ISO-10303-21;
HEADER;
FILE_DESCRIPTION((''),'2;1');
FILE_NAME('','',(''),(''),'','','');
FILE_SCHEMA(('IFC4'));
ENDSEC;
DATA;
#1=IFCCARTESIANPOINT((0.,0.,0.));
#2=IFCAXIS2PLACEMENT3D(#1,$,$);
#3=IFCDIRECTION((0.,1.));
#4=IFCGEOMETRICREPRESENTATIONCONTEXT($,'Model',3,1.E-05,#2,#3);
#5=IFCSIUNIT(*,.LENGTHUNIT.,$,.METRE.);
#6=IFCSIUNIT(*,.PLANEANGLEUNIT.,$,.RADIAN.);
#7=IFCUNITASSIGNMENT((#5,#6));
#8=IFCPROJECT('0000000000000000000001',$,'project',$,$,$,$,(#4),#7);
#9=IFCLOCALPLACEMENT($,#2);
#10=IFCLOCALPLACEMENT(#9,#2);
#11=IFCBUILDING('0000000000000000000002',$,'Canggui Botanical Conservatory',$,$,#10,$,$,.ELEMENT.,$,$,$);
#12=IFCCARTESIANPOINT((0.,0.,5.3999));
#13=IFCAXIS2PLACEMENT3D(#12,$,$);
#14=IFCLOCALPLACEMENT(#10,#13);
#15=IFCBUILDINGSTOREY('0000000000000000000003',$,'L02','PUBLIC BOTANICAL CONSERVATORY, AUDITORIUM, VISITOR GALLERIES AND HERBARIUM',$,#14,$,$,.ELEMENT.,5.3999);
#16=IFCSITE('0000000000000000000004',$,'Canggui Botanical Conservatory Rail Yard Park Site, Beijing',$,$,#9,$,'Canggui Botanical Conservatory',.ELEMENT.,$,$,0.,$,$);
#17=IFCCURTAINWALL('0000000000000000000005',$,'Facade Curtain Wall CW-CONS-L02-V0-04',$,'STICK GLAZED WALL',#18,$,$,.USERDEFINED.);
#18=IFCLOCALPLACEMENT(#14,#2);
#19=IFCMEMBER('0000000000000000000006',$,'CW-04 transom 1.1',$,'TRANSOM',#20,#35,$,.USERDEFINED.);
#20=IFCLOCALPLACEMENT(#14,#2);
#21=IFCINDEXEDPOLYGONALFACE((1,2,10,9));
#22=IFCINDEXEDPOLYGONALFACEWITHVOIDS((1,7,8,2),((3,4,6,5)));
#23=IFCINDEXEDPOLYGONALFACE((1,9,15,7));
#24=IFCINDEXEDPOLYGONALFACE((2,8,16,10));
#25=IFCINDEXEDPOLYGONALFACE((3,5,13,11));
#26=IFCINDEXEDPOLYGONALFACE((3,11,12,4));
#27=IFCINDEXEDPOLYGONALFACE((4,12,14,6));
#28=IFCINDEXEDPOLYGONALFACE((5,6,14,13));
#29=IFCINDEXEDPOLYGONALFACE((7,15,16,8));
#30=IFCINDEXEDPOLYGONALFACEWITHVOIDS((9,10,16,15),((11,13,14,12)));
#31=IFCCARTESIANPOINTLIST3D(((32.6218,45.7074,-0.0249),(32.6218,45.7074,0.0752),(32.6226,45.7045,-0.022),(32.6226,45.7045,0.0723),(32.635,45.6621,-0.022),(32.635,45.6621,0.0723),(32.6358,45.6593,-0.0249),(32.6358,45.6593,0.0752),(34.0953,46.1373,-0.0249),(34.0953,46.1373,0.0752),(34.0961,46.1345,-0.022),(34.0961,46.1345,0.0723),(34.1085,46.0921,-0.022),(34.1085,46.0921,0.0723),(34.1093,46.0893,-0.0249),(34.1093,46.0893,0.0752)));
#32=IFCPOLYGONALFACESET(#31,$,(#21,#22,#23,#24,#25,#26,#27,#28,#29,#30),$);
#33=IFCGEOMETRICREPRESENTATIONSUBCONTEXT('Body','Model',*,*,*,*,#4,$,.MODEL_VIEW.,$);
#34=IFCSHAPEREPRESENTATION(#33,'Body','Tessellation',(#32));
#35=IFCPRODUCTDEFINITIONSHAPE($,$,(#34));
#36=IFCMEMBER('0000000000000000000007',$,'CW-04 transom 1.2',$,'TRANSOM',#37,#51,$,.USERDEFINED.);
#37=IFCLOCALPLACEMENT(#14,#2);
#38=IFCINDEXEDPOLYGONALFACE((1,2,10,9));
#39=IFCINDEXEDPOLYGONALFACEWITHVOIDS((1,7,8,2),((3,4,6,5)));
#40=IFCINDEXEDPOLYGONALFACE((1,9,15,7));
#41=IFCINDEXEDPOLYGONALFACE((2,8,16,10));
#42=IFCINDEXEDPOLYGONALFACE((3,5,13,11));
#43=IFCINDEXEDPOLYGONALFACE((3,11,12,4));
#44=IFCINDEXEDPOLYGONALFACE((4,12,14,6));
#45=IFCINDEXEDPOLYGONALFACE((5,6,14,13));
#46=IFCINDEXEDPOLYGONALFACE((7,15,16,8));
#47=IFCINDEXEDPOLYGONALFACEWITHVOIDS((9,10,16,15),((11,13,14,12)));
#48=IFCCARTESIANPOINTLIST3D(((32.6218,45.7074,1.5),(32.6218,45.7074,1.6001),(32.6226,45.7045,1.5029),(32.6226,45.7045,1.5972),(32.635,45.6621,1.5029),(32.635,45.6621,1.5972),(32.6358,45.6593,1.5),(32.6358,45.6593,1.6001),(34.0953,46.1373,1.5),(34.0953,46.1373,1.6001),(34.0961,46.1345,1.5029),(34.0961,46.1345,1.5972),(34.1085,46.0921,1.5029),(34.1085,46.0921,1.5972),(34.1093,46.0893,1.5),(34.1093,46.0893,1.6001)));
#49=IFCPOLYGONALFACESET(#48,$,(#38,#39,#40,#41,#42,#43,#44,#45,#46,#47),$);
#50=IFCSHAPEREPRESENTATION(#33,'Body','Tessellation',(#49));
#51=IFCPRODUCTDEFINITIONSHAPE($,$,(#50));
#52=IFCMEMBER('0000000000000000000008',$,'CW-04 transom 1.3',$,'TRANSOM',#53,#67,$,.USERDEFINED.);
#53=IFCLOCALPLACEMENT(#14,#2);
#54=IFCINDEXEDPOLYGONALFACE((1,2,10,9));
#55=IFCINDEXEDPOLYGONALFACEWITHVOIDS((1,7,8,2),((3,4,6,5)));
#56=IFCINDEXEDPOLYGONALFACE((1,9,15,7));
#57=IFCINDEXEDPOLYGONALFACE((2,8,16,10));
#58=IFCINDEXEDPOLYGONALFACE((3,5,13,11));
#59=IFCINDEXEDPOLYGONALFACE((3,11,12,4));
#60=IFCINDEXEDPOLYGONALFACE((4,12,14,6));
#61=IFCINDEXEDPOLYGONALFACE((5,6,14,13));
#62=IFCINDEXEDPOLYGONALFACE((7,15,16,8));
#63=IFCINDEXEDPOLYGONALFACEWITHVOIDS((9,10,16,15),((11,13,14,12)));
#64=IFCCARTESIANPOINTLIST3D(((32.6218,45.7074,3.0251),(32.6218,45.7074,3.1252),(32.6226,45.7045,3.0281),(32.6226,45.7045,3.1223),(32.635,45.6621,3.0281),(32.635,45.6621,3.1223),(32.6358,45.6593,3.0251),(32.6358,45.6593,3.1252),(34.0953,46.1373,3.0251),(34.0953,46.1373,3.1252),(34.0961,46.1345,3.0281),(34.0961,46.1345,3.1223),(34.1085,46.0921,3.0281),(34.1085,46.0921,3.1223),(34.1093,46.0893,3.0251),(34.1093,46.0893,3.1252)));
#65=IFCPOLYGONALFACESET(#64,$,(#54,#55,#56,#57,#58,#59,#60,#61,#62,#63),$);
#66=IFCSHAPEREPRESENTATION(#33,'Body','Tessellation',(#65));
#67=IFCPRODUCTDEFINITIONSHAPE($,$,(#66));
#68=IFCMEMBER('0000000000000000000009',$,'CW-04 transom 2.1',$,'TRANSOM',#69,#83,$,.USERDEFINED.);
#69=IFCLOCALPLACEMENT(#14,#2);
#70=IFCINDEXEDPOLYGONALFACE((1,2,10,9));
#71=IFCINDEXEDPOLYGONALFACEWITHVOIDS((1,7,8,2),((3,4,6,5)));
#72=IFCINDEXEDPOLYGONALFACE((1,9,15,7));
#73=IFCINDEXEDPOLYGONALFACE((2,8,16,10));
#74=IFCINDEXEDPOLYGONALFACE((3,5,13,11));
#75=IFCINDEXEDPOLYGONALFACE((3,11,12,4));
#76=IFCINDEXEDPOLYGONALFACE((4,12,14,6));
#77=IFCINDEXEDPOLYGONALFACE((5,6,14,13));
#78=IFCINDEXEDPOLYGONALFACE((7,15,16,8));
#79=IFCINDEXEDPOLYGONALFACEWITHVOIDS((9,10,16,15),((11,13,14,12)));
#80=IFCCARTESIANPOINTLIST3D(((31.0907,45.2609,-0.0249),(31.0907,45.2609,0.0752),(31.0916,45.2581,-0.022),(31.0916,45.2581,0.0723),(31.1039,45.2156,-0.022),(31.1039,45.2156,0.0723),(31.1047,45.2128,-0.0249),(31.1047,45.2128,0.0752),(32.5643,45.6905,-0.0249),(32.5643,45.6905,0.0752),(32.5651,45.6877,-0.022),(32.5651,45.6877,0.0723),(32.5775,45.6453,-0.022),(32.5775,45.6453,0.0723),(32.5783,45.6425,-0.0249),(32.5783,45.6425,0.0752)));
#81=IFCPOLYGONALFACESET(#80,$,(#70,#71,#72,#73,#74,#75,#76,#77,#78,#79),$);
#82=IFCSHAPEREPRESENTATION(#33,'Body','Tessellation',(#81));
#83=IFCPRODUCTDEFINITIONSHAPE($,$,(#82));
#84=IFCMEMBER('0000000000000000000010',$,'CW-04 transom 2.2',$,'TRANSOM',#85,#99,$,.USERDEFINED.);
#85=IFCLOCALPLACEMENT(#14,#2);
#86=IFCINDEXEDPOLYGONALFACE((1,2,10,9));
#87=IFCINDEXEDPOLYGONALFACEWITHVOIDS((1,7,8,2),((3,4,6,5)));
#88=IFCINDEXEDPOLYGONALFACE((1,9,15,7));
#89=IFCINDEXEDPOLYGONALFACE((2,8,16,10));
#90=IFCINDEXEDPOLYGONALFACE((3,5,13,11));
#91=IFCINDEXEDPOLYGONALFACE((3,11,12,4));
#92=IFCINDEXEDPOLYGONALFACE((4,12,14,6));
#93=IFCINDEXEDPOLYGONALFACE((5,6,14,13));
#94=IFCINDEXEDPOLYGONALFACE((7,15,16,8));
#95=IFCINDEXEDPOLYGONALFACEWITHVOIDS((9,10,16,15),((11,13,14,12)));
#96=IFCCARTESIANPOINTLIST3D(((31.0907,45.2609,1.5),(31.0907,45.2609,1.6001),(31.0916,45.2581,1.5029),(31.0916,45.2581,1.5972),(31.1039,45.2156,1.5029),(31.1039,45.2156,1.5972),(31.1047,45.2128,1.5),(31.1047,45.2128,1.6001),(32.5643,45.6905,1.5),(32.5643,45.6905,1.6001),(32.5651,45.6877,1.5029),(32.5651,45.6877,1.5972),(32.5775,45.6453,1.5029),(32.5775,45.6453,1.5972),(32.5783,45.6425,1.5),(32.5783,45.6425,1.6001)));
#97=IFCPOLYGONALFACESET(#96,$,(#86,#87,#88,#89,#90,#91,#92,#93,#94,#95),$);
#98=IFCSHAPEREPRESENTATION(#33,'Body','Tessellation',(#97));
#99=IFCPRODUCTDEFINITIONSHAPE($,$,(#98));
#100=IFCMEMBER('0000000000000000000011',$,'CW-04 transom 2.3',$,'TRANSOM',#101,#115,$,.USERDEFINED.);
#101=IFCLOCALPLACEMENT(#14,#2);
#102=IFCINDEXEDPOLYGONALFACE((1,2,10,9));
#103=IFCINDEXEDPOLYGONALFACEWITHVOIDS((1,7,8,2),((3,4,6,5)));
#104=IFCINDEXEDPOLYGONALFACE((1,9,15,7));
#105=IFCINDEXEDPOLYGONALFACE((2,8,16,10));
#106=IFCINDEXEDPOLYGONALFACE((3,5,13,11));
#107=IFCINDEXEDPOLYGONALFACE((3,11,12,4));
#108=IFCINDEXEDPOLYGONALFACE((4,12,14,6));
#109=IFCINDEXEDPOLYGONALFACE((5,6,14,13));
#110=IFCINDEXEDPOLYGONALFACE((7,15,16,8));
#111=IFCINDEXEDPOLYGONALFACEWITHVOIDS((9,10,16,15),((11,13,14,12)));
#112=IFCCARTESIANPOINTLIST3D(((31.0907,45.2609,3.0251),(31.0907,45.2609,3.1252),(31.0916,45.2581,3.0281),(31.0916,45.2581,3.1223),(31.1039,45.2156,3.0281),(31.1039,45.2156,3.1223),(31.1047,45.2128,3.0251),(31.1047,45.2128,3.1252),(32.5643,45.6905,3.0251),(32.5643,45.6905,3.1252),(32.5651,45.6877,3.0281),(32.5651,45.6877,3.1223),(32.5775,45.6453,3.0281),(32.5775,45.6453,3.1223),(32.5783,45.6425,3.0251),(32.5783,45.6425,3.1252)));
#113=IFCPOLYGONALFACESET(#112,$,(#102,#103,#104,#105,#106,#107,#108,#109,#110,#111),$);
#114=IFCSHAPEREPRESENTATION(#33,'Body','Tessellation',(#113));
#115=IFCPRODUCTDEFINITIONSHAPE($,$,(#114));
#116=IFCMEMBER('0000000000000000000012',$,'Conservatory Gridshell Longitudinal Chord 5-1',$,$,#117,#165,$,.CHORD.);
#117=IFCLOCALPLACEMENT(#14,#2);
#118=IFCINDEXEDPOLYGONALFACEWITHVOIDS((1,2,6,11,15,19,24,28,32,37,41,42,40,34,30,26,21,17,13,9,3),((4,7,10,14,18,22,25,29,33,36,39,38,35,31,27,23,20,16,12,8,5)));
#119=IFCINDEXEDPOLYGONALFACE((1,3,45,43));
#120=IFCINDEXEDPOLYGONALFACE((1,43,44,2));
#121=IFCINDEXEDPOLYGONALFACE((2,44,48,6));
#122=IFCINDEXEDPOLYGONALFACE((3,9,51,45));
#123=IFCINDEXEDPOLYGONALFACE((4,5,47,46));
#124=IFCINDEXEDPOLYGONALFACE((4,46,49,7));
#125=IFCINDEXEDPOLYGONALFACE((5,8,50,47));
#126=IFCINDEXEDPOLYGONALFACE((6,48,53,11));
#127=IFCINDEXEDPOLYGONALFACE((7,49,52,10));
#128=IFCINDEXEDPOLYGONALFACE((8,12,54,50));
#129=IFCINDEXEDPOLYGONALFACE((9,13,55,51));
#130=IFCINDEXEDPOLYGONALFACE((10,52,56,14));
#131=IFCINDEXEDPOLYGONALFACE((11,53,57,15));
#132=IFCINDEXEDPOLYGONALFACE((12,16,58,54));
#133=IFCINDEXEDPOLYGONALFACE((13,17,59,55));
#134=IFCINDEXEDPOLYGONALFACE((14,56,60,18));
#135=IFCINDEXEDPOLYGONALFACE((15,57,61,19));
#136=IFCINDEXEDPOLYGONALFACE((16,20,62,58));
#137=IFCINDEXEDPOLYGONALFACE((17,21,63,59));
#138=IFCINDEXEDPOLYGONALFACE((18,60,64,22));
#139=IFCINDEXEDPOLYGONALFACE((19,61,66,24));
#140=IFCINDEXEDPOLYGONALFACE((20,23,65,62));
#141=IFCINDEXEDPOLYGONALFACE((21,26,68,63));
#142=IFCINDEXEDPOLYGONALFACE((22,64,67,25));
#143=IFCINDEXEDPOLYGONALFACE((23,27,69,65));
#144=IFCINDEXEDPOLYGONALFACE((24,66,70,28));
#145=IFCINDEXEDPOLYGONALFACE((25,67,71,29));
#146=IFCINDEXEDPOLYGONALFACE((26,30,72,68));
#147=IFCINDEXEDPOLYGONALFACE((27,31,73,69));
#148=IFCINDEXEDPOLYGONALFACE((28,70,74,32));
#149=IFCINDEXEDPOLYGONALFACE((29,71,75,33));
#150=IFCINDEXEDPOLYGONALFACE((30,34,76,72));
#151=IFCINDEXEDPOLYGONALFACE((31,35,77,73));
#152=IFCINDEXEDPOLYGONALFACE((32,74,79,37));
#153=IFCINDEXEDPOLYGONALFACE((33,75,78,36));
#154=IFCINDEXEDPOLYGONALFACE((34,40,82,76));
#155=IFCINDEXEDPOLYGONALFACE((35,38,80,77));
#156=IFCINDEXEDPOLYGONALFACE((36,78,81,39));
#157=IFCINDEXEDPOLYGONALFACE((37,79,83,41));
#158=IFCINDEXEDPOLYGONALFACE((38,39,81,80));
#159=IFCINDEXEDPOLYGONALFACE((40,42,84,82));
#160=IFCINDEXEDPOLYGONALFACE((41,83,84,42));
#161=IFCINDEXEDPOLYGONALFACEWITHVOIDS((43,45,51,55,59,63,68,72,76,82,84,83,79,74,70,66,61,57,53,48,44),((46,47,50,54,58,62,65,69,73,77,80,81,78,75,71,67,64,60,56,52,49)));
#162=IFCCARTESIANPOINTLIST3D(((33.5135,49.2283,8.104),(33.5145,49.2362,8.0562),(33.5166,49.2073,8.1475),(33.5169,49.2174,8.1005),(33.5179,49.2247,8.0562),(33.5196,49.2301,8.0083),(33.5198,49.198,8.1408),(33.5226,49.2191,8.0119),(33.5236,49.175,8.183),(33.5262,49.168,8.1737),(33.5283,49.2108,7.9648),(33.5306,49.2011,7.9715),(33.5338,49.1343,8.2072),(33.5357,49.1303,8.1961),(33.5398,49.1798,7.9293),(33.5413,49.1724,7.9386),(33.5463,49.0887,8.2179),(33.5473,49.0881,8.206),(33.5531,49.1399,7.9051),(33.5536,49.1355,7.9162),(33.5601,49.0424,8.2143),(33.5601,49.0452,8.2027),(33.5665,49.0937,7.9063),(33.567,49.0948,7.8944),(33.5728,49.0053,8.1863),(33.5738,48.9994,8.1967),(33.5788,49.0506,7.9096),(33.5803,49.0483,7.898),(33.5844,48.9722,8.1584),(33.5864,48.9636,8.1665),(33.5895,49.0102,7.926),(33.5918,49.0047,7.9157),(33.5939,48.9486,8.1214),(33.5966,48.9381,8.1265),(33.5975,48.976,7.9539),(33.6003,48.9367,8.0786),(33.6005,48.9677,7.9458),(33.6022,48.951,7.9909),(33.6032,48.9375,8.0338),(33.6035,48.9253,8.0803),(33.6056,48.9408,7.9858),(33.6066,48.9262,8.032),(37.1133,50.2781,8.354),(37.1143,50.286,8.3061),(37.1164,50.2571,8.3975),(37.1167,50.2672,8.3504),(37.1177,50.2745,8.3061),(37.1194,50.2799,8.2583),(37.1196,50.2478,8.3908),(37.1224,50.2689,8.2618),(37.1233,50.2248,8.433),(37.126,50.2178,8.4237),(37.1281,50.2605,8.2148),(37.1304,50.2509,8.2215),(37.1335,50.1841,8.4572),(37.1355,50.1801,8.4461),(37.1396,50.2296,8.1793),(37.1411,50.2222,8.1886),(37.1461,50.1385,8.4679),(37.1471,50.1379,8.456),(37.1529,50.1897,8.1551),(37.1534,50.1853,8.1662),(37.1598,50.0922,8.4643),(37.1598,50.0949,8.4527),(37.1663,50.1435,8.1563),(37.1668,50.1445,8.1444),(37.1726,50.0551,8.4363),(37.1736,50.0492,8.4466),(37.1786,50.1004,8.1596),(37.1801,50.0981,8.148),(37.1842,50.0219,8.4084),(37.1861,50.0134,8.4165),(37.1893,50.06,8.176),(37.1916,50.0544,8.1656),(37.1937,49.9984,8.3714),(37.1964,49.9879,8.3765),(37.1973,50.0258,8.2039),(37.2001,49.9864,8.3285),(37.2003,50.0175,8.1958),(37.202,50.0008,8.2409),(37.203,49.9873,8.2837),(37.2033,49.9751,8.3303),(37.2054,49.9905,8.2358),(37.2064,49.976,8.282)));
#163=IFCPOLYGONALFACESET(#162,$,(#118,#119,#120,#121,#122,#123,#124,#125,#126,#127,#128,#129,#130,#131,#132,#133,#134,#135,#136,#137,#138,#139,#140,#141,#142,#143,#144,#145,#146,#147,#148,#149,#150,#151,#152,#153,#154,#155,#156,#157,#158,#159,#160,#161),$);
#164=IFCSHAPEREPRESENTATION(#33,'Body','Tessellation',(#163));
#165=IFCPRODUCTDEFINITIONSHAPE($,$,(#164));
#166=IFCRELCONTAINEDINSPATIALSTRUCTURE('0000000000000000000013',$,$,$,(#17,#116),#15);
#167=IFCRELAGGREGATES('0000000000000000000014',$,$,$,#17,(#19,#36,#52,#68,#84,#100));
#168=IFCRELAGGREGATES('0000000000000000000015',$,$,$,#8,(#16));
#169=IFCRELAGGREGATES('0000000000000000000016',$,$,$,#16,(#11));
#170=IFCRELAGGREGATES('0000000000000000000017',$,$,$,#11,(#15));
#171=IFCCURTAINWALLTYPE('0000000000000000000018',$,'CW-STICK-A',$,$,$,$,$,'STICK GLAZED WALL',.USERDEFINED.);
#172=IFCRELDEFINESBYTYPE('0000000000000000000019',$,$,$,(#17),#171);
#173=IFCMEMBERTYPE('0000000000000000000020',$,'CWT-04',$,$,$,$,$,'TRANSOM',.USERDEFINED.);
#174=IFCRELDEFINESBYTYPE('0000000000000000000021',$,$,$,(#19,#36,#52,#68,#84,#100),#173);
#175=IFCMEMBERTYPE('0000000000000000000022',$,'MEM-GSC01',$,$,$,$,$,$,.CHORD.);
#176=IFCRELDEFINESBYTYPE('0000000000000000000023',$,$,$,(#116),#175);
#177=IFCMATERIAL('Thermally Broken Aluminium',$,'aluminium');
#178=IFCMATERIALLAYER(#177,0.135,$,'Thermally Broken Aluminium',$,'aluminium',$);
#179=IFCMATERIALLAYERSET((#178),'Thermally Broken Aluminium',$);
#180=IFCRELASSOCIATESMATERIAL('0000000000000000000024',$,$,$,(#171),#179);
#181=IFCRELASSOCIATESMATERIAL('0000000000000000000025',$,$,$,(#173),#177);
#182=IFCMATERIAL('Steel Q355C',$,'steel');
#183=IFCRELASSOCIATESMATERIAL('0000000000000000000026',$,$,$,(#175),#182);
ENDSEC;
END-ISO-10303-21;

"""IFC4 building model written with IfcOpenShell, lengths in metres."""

from ifc_helpers import new_model, si_unit, direction, frame, origin, origin_2d, place, context, subcontext, project, spatial, hollow_rectangle, hollow_circle, extrude, material, layer, layer_set, material_profile, profile_set, type_object, element, aggregate, save


model = new_model("IFC4")

# Units and contexts
model_context = context("Model", 3, precision=1e-05, world=origin(), true_north=direction((0.0, 1.0)))
body_context = subcontext(model_context, "Body", "Model", "MODEL_VIEW")
ifc_project = project(units=[si_unit("LENGTHUNIT", "METRE"), si_unit("PLANEANGLEUNIT", "RADIAN")], contexts=[model_context])

# Site, building, storey
site_placement = place(None, origin())
site = spatial("IfcSite", under=ifc_project, at=site_placement, Name="Canggui Botanical Conservatory Rail Yard Park Site, Beijing", LongName="Canggui Botanical Conservatory", CompositionType="ELEMENT", RefElevation=0.0)
building_placement = place(site_placement, origin())
building = spatial("IfcBuilding", under=site, at=building_placement, Name="Canggui Botanical Conservatory", CompositionType="ELEMENT")
storey_placement = place(building_placement, frame((0.0, 0.0, 5.3999)))
storey = spatial("IfcBuildingStorey", under=building, at=storey_placement, Name="L02", Description="PUBLIC BOTANICAL CONSERVATORY, AUDITORIUM, VISITOR GALLERIES AND HERBARIUM", CompositionType="ELEMENT", Elevation=5.3999)

# Shared definitions
ifc_material_1 = material(Name="Steel Q355C", Category="steel")

# Curtain wall
ifc_material_2 = material(Name="Thermally Broken Aluminium", Category="aluminium")
ifc_layer_1 = layer(ifc_material_2, 0.135, Name="Thermally Broken Aluminium", Category="aluminium")
ifc_layer_set_1 = layer_set([ifc_layer_1], Name="Thermally Broken Aluminium")
curtain_wall_type_1 = type_object("IfcCurtainWallType", Name="CW-STICK-A", ElementType="STICK GLAZED WALL", PredefinedType="USERDEFINED", material=ifc_layer_set_1)
curtain_wall_1_placement = place(storey_placement, origin())
curtain_wall_1 = element("IfcCurtainWall", 1, at=curtain_wall_1_placement, inside=storey, type_object=curtain_wall_type_1, Name="Facade Curtain Wall CW-CONS-L02-V0-04", ObjectType="STICK GLAZED WALL", PredefinedType="USERDEFINED")

# Members
ifc_material_profile_1 = material_profile(ifc_material_2, hollow_rectangle(XDim=0.05, YDim=0.1001, WallThickness=0.0029, at=origin_2d()), Name="CWT 50x100x3")
ifc_profile_set_1 = profile_set([ifc_material_profile_1], Name="Thermally Broken Aluminium")
member_type_1 = type_object("IfcMemberType", Name="CWT-04", ElementType="TRANSOM", PredefinedType="USERDEFINED", material=ifc_profile_set_1)
member_1_placement = place(storey_placement, frame((34.1023, 46.1133, 0.0251), z_axis=(-0.959966, -0.280116, 0.0), x_axis=(0.280116, -0.959966, 0.0)))
member_1 = element("IfcMember", 2, at=member_1_placement, type_object=member_type_1, Name="CW-04 transom 1.1", ObjectType="TRANSOM", PredefinedType="USERDEFINED", context=body_context, shape_type="SweptSolid", body=[
    extrude(hollow_rectangle(XDim=0.05, YDim=0.1001, WallThickness=0.0029, at=origin_2d()), origin(), (0.0, 0.0, 1.0), 1.5349),
])
member_2_placement = place(storey_placement, frame((34.1023, 46.1133, 1.55), z_axis=(-0.959966, -0.280116, 0.0), x_axis=(0.280116, -0.959966, 0.0)))
member_2 = element("IfcMember", 3, at=member_2_placement, type_object=member_type_1, Name="CW-04 transom 1.2", ObjectType="TRANSOM", PredefinedType="USERDEFINED", context=body_context, shape_type="SweptSolid", body=[
    extrude(hollow_rectangle(XDim=0.05, YDim=0.1001, WallThickness=0.0029, at=origin_2d()), origin(), (0.0, 0.0, 1.0), 1.5349),
])
member_3_placement = place(storey_placement, frame((34.1023, 46.1133, 3.0752), z_axis=(-0.959966, -0.280116, 0.0), x_axis=(0.280116, -0.959966, 0.0)))
member_3 = element("IfcMember", 4, at=member_3_placement, type_object=member_type_1, Name="CW-04 transom 1.3", ObjectType="TRANSOM", PredefinedType="USERDEFINED", context=body_context, shape_type="SweptSolid", body=[
    extrude(hollow_rectangle(XDim=0.05, YDim=0.1001, WallThickness=0.0029, at=origin_2d()), origin(), (0.0, 0.0, 1.0), 1.5349),
])
member_4_placement = place(storey_placement, frame((32.5713, 45.6665, 0.0251), z_axis=(-0.960021, -0.279927, 0.0), x_axis=(0.279927, -0.960021, 0.0)))
member_4 = element("IfcMember", 5, at=member_4_placement, type_object=member_type_1, Name="CW-04 transom 2.1", ObjectType="TRANSOM", PredefinedType="USERDEFINED", context=body_context, shape_type="SweptSolid", body=[
    extrude(hollow_rectangle(XDim=0.05, YDim=0.1001, WallThickness=0.0029, at=origin_2d()), origin(), (0.0, 0.0, 1.0), 1.5349),
])
member_5_placement = place(storey_placement, frame((32.5713, 45.6665, 1.55), z_axis=(-0.960021, -0.279927, 0.0), x_axis=(0.279927, -0.960021, 0.0)))
member_5 = element("IfcMember", 6, at=member_5_placement, type_object=member_type_1, Name="CW-04 transom 2.2", ObjectType="TRANSOM", PredefinedType="USERDEFINED", context=body_context, shape_type="SweptSolid", body=[
    extrude(hollow_rectangle(XDim=0.05, YDim=0.1001, WallThickness=0.0029, at=origin_2d()), origin(), (0.0, 0.0, 1.0), 1.5349),
])
member_6_placement = place(storey_placement, frame((32.5713, 45.6665, 3.0752), z_axis=(-0.960021, -0.279927, 0.0), x_axis=(0.279927, -0.960021, 0.0)))
member_6 = element("IfcMember", 7, at=member_6_placement, type_object=member_type_1, Name="CW-04 transom 2.3", ObjectType="TRANSOM", PredefinedType="USERDEFINED", context=body_context, shape_type="SweptSolid", body=[
    extrude(hollow_rectangle(XDim=0.05, YDim=0.1001, WallThickness=0.0029, at=origin_2d()), origin(), (0.0, 0.0, 1.0), 1.5349),
])

# Member
ifc_material_profile_2 = material_profile(ifc_material_1, hollow_circle(Radius=0.1626, WallThickness=0.012, at=origin_2d()), Name="CHS 325x12")
ifc_profile_set_2 = profile_set([ifc_material_profile_2], Name="Steel Q355C")
member_type_2 = type_object("IfcMemberType", Name="MEM-GSC01", PredefinedType="CHORD", material=ifc_profile_set_2)
member_7_placement = place(storey_placement, frame((33.5601, 49.0801, 8.0562), z_axis=(0.957884, 0.279342, 0.066522), x_axis=(-0.279962, 0.960011, 0.0)))
element("IfcMember", 8, at=member_7_placement, inside=storey, type_object=member_type_2, Name="Conservatory Gridshell Longitudinal Chord 5-1", PredefinedType="CHORD", context=body_context, shape_type="SweptSolid", body=[
    extrude(hollow_circle(Radius=0.1626, WallThickness=0.012, at=origin_2d()), origin(), (0.0, 0.0, 1.0), 3.7581),
])

aggregate(curtain_wall_1, [member_1, member_2, member_3, member_4, member_5, member_6])

save(model, "model.ifc")
